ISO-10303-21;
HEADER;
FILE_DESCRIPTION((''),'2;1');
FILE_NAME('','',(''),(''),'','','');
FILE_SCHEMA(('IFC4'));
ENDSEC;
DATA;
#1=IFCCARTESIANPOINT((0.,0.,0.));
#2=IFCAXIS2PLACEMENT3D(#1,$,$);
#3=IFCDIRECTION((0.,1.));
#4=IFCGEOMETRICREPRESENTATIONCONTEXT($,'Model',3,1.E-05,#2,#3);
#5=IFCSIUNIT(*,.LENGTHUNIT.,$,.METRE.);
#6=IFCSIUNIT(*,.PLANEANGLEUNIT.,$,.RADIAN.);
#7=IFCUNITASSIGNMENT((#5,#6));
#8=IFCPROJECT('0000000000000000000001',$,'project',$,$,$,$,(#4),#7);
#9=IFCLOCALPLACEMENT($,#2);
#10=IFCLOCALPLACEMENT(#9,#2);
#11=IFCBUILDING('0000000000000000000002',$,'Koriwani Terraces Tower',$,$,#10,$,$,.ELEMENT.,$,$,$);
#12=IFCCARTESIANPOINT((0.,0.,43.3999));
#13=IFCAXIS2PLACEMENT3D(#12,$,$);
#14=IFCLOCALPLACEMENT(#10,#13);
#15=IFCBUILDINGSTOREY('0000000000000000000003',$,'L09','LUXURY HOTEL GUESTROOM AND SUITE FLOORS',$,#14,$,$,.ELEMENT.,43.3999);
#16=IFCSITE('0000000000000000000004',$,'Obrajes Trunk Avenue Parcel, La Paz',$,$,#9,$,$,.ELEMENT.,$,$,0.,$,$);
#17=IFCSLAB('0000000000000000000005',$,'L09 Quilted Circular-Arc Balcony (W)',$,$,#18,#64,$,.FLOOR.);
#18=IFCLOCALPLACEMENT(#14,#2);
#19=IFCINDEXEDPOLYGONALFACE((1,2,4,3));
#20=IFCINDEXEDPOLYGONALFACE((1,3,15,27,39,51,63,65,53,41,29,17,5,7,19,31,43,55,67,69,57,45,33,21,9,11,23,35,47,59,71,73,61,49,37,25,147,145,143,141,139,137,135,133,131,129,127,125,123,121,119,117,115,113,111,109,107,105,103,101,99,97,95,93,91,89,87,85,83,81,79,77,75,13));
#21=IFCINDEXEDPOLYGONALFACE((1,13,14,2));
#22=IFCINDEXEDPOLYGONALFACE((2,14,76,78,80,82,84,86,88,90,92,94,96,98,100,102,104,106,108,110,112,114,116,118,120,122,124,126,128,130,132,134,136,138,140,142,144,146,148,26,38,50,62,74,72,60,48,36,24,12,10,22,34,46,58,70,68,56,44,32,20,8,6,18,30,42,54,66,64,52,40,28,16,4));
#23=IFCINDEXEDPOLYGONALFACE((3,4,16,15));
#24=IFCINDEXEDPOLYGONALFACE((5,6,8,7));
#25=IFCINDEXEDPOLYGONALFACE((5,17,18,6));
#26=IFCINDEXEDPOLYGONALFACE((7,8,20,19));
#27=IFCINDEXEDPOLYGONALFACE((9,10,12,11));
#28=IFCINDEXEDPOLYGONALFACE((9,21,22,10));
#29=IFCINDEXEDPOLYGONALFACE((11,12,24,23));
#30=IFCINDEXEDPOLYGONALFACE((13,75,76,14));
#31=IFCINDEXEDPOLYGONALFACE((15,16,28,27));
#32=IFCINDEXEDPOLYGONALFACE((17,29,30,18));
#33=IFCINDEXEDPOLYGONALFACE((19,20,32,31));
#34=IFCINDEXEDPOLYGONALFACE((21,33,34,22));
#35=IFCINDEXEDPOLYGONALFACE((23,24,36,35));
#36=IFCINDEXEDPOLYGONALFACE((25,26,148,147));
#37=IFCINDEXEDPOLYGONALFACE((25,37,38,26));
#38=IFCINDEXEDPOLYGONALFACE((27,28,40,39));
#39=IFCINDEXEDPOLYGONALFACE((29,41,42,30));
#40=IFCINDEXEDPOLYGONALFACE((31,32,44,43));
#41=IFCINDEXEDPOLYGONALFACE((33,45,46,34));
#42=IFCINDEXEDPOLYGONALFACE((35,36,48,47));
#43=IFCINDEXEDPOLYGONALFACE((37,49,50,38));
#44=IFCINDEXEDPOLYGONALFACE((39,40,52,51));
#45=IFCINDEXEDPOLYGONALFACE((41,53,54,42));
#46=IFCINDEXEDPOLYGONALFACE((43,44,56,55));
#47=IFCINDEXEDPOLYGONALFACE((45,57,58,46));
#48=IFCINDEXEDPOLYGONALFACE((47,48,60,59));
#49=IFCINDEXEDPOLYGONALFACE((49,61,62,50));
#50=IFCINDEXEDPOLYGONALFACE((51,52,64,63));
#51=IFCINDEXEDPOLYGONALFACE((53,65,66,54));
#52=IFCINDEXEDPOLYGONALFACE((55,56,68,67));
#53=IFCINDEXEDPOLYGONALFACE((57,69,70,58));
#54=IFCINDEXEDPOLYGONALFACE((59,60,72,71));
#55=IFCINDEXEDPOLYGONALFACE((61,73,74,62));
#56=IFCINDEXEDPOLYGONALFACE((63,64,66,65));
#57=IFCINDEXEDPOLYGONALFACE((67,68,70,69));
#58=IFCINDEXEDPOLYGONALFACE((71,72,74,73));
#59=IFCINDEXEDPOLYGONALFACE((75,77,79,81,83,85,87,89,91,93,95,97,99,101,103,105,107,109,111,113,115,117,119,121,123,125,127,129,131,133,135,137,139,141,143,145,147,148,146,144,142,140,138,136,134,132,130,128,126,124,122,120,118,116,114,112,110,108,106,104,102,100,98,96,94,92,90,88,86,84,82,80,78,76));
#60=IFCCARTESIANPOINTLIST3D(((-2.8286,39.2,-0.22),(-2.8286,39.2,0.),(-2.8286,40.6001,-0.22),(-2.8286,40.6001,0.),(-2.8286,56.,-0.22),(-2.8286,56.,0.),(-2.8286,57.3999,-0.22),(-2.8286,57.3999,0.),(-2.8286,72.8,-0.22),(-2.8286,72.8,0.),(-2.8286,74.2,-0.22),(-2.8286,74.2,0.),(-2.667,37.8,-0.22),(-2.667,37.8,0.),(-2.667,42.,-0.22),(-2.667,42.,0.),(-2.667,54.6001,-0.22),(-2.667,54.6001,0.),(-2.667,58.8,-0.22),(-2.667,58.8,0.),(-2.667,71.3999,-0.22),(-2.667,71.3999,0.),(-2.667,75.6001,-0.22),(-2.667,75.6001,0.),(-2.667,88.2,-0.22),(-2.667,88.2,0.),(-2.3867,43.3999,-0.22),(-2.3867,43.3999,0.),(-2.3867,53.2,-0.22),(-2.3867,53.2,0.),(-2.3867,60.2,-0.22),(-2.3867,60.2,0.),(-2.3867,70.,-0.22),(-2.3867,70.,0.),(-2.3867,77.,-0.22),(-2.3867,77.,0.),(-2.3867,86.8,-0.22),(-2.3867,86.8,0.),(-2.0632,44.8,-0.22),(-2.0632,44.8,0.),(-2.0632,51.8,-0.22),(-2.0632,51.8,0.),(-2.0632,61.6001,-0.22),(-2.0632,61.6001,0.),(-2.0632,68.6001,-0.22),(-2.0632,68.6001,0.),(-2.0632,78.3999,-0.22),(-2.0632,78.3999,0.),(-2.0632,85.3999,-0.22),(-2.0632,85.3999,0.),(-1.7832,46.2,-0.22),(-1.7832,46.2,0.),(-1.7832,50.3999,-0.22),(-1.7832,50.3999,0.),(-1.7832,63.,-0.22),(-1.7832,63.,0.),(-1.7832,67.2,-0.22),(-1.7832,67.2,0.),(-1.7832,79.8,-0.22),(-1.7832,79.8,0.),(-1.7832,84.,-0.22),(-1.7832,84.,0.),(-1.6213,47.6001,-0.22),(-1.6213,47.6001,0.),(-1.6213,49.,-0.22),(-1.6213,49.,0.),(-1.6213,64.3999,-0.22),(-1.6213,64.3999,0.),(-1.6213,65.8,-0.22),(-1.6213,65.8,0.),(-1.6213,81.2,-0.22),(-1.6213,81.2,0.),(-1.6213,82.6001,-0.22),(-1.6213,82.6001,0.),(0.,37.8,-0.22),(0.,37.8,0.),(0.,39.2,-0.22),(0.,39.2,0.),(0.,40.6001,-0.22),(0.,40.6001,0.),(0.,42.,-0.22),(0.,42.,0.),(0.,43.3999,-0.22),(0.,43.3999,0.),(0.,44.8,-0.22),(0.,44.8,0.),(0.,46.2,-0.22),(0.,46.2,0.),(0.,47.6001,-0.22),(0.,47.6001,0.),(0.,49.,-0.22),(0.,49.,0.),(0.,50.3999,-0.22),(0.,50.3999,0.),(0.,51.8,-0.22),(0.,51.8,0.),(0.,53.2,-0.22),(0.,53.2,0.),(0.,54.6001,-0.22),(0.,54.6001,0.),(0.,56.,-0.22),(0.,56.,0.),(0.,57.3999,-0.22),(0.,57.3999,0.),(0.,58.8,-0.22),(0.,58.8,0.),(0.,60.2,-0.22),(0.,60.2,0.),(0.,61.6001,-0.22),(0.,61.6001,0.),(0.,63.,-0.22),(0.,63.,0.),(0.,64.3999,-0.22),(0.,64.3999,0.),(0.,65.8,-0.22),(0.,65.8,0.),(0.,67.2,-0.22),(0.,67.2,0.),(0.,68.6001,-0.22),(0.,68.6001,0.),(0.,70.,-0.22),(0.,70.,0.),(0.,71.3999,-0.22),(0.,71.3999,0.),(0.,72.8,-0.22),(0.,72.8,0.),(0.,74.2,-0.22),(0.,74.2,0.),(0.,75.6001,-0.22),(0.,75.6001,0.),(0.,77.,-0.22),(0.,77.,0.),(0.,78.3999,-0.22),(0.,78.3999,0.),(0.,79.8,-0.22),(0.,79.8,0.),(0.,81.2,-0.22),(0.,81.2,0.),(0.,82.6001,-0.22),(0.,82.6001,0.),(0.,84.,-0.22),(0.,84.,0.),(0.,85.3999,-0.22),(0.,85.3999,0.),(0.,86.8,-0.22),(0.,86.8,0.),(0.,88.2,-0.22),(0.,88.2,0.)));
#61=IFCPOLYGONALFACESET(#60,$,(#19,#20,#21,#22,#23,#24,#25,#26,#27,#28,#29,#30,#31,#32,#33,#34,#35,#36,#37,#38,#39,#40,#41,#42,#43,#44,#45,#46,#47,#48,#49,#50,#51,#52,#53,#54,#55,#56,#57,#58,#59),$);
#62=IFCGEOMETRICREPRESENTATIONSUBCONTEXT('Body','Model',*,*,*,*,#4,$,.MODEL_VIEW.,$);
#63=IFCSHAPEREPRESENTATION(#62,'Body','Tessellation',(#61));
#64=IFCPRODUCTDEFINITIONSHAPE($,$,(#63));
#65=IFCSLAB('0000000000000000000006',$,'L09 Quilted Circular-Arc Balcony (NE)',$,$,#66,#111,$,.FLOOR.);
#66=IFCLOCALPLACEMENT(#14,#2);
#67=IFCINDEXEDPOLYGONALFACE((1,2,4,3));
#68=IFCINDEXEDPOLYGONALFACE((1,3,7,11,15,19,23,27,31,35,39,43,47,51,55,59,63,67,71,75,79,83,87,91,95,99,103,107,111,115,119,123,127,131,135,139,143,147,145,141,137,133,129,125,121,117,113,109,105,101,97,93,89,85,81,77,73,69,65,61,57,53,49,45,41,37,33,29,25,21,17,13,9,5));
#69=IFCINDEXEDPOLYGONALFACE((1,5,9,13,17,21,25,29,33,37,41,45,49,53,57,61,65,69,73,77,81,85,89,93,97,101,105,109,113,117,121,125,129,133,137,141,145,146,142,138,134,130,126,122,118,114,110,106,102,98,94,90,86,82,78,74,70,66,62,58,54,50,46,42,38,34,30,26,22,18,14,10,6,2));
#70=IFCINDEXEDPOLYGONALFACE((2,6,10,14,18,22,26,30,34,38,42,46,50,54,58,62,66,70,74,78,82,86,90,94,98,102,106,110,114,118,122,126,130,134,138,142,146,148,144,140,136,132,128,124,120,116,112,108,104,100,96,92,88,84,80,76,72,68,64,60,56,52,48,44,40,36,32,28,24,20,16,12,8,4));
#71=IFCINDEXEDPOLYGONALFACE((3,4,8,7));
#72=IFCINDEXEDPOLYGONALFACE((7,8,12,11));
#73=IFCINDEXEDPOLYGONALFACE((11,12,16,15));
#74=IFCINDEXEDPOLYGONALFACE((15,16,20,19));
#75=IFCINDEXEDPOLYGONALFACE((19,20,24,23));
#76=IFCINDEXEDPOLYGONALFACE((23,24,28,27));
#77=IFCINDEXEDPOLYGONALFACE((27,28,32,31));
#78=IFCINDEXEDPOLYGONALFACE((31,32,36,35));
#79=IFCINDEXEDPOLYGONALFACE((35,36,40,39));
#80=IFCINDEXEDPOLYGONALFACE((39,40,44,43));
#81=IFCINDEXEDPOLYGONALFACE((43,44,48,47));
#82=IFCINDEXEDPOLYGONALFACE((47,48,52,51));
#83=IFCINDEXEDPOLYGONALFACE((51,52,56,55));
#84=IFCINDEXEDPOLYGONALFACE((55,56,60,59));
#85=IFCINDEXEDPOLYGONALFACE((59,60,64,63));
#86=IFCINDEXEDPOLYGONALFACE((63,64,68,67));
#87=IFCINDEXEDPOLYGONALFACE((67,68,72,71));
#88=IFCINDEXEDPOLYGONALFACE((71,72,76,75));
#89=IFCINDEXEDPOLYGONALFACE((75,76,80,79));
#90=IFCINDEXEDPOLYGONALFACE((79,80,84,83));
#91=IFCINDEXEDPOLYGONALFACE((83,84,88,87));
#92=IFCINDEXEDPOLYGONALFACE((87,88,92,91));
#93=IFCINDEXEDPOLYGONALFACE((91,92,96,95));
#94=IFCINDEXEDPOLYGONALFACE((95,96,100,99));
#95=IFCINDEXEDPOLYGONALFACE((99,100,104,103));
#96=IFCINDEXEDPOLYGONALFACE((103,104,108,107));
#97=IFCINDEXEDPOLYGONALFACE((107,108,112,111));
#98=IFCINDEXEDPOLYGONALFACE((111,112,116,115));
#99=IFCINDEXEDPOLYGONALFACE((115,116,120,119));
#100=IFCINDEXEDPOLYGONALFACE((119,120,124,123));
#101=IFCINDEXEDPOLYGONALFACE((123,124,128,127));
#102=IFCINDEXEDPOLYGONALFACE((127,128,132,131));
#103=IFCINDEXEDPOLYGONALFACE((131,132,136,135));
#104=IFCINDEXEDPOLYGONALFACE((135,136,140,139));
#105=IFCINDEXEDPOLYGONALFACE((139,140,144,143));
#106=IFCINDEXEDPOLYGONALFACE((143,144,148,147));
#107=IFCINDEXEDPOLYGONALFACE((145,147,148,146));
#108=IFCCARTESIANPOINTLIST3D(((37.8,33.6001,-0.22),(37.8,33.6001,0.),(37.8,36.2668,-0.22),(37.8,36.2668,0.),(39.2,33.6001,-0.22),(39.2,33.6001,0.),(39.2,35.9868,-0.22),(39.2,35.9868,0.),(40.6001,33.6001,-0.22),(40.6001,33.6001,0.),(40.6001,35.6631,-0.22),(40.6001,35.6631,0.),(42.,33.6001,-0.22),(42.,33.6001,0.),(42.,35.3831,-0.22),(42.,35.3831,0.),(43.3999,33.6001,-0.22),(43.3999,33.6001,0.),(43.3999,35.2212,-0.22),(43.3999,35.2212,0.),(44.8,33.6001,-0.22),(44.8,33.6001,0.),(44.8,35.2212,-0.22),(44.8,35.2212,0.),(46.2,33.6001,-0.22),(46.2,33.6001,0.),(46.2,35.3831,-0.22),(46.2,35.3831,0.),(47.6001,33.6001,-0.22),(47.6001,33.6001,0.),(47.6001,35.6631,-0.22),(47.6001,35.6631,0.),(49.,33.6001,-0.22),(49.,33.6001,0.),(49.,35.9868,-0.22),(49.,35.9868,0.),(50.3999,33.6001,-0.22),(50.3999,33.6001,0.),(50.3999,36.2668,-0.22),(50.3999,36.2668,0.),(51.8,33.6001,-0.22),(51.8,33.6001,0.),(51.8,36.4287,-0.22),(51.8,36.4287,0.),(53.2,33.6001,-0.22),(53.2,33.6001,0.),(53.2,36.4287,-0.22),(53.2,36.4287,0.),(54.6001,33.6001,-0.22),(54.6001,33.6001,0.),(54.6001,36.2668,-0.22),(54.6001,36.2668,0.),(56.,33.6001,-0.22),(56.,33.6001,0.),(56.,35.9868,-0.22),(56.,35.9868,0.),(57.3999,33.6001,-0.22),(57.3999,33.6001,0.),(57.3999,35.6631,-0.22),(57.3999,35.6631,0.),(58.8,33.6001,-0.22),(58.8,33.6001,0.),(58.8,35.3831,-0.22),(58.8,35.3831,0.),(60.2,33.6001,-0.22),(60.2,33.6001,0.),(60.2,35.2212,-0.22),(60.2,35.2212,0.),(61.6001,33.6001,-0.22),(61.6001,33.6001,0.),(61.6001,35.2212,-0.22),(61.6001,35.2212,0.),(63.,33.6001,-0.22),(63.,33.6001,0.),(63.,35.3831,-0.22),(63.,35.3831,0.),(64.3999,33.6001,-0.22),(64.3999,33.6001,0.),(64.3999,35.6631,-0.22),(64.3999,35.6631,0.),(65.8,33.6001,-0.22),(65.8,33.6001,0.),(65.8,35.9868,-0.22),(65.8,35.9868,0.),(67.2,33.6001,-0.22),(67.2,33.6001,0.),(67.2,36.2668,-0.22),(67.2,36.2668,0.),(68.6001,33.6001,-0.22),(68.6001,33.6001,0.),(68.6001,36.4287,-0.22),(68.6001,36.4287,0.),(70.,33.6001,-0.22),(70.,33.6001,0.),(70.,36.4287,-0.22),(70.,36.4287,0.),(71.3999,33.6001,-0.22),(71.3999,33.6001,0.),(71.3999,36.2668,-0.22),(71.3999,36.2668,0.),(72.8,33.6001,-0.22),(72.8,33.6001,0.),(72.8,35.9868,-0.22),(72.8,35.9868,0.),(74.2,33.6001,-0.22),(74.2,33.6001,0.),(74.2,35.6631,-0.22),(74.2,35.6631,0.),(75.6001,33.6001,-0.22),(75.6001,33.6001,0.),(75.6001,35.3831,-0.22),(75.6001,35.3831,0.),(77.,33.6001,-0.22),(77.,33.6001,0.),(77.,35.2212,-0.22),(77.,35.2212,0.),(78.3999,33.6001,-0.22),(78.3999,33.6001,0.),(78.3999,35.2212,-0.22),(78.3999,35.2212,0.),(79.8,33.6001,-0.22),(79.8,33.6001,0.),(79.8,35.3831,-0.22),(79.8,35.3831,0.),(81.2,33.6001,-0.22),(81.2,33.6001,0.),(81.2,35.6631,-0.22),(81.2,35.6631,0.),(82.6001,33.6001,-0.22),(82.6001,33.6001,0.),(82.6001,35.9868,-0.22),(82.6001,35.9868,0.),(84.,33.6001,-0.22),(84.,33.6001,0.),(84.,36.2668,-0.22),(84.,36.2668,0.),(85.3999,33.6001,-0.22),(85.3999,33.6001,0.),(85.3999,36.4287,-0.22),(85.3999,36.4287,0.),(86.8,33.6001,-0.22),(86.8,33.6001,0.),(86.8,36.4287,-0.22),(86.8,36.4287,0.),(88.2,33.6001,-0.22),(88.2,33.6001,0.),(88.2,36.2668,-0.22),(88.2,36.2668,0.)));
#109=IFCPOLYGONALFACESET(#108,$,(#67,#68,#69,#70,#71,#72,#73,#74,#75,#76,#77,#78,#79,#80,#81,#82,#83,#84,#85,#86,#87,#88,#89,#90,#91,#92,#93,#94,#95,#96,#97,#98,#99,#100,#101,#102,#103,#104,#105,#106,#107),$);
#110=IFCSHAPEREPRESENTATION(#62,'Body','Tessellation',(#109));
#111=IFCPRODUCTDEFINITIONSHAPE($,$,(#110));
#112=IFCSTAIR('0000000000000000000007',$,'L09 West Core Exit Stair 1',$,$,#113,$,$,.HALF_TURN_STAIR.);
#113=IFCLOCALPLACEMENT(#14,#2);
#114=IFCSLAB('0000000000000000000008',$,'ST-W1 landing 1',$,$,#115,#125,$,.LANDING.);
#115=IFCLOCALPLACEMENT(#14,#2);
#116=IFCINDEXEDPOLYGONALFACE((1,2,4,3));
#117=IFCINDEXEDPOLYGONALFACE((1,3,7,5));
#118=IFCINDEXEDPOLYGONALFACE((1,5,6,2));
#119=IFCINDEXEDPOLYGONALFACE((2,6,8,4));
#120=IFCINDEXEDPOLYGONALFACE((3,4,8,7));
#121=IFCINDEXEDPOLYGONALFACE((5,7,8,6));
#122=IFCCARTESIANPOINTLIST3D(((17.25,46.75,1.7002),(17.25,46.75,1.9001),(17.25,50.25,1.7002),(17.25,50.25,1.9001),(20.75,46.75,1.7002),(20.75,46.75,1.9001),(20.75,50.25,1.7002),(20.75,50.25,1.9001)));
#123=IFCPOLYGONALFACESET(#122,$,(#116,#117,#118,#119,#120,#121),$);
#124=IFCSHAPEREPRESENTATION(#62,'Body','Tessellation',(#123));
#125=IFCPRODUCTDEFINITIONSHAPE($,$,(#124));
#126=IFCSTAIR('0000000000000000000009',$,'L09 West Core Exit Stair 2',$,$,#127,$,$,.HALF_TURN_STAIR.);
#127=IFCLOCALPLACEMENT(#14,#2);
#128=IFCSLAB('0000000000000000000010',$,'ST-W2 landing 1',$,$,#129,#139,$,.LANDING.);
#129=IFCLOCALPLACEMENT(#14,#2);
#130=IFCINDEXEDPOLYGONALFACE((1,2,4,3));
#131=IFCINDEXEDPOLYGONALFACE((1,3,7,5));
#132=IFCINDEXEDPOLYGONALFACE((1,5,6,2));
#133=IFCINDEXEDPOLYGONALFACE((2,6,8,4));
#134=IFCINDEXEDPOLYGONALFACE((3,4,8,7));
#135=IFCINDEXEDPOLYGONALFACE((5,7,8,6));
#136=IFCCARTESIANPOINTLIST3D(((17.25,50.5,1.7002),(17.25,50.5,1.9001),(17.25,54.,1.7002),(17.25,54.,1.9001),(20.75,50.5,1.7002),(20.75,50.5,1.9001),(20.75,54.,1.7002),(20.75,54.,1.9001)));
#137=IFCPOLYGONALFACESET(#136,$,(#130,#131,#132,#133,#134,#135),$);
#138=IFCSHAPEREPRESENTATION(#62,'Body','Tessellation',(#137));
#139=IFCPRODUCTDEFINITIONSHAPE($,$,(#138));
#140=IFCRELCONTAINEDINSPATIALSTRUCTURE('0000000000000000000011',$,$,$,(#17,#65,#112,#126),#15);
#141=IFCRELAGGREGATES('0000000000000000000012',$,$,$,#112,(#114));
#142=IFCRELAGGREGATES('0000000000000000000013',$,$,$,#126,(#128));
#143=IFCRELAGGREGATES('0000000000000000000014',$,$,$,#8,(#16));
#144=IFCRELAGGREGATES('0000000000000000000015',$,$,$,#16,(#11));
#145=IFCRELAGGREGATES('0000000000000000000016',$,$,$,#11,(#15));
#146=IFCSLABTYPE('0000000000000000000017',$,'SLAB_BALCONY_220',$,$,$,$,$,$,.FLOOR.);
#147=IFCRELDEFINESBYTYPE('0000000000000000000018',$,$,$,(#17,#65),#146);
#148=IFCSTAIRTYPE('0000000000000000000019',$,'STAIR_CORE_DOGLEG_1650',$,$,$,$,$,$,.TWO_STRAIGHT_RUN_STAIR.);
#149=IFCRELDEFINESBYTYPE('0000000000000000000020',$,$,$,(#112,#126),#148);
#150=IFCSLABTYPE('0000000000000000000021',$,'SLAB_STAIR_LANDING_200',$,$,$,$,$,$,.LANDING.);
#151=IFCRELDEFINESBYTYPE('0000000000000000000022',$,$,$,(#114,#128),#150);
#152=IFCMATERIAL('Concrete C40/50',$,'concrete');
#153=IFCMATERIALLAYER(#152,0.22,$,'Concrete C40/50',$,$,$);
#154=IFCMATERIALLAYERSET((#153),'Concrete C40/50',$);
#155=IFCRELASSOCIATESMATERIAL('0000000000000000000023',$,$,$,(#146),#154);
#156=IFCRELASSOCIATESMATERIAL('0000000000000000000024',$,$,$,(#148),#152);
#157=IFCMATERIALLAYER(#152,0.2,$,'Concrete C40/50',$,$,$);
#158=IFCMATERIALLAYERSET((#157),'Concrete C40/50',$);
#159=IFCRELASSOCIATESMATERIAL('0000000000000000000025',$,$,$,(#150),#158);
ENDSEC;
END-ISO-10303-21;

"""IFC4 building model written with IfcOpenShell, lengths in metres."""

from ifc_helpers import new_model, si_unit, direction, frame, origin, place, context, subcontext, project, spatial, polyline, outline, extrude, material, layer, layer_set, type_object, element, aggregate, save


model = new_model("IFC4")

# Units and contexts
model_context = context("Model", 3, precision=1e-05, world=origin(), true_north=direction((0.0, 1.0)))
body_context = subcontext(model_context, "Body", "Model", "MODEL_VIEW")
ifc_project = project(units=[si_unit("LENGTHUNIT", "METRE"), si_unit("PLANEANGLEUNIT", "RADIAN")], contexts=[model_context])

# Site, building, storey
site_placement = place(None, origin())
site = spatial("IfcSite", under=ifc_project, at=site_placement, Name="Obrajes Trunk Avenue Parcel, La Paz", CompositionType="ELEMENT", RefElevation=0.0)
building_placement = place(site_placement, origin())
building = spatial("IfcBuilding", under=site, at=building_placement, Name="Koriwani Terraces Tower", CompositionType="ELEMENT")
storey_placement = place(building_placement, frame((0.0, 0.0, 43.3999)))
storey = spatial("IfcBuildingStorey", under=building, at=storey_placement, Name="L09", Description="LUXURY HOTEL GUESTROOM AND SUITE FLOORS", CompositionType="ELEMENT", Elevation=43.3999)

# Shared definitions
ifc_material_1 = material(Name="Concrete C40/50", Category="concrete")

# Slabs
ifc_layer_1 = layer(ifc_material_1, 0.22, Name="Concrete C40/50")
ifc_layer_set_1 = layer_set([ifc_layer_1], Name="Concrete C40/50")
slab_type_1 = type_object("IfcSlabType", Name="SLAB_BALCONY_220", PredefinedType="FLOOR", material=ifc_layer_set_1)
slab_1_placement = place(storey_placement, frame((0.0, 0.0, -0.22)))
element("IfcSlab", 1, at=slab_1_placement, inside=storey, type_object=slab_type_1, Name="L09 Quilted Circular-Arc Balcony (W)", PredefinedType="FLOOR", context=body_context, shape_type="SweptSolid", body=[
    extrude(outline(polyline([(0.0, 37.8), (0.0, 39.2), (0.0, 40.6001), (0.0, 42.0), (0.0, 43.3999), (0.0, 44.8), (0.0, 46.2), (0.0, 47.6001), (0.0, 49.0), (0.0, 50.3999), (0.0, 51.8), (0.0, 53.2), (0.0, 54.6001), (0.0, 56.0), (0.0, 57.3999), (0.0, 58.8), (0.0, 60.2), (0.0, 61.6001), (0.0, 63.0), (0.0, 64.3999), (0.0, 65.8), (0.0, 67.2), (0.0, 68.6001), (0.0, 70.0), (0.0, 71.3999), (0.0, 72.8), (0.0, 74.2), (0.0, 75.6001), (0.0, 77.0), (0.0, 78.3999), (0.0, 79.8), (0.0, 81.2), (0.0, 82.6001), (0.0, 84.0), (0.0, 85.3999), (0.0, 86.8), (0.0, 88.2), (-2.667, 88.2), (-2.3867, 86.8), (-2.0632, 85.3999), (-1.7832, 84.0), (-1.6213, 82.6001), (-1.6213, 81.2), (-1.7832, 79.8), (-2.0632, 78.3999), (-2.3867, 77.0), (-2.667, 75.6001), (-2.8286, 74.2), (-2.8286, 72.8), (-2.667, 71.3999), (-2.3867, 70.0), (-2.0632, 68.6001), (-1.7832, 67.2), (-1.6213, 65.8), (-1.6213, 64.3999), (-1.7832, 63.0), (-2.0632, 61.6001), (-2.3867, 60.2), (-2.667, 58.8), (-2.8286, 57.3999), (-2.8286, 56.0), (-2.667, 54.6001), (-2.3867, 53.2), (-2.0632, 51.8), (-1.7832, 50.3999), (-1.6213, 49.0), (-1.6213, 47.6001), (-1.7832, 46.2), (-2.0632, 44.8), (-2.3867, 43.3999), (-2.667, 42.0), (-2.8286, 40.6001), (-2.8286, 39.2), (-2.667, 37.8), (0.0, 37.8)])), origin(), (0.0, 0.0, 1.0), 0.22),
])
slab_2_placement = place(storey_placement, frame((0.0, 0.0, -0.22)))
element("IfcSlab", 2, at=slab_2_placement, inside=storey, type_object=slab_type_1, Name="L09 Quilted Circular-Arc Balcony (NE)", PredefinedType="FLOOR", context=body_context, shape_type="SweptSolid", body=[
    extrude(outline(polyline([(88.2, 33.6001), (86.8, 33.6001), (85.3999, 33.6001), (84.0, 33.6001), (82.6001, 33.6001), (81.2, 33.6001), (79.8, 33.6001), (78.3999, 33.6001), (77.0, 33.6001), (75.6001, 33.6001), (74.2, 33.6001), (72.8, 33.6001), (71.3999, 33.6001), (70.0, 33.6001), (68.6001, 33.6001), (67.2, 33.6001), (65.8, 33.6001), (64.3999, 33.6001), (63.0, 33.6001), (61.6001, 33.6001), (60.2, 33.6001), (58.8, 33.6001), (57.3999, 33.6001), (56.0, 33.6001), (54.6001, 33.6001), (53.2, 33.6001), (51.8, 33.6001), (50.3999, 33.6001), (49.0, 33.6001), (47.6001, 33.6001), (46.2, 33.6001), (44.8, 33.6001), (43.3999, 33.6001), (42.0, 33.6001), (40.6001, 33.6001), (39.2, 33.6001), (37.8, 33.6001), (37.8, 36.2668), (39.2, 35.9868), (40.6001, 35.6631), (42.0, 35.3831), (43.3999, 35.2212), (44.8, 35.2212), (46.2, 35.3831), (47.6001, 35.6631), (49.0, 35.9868), (50.3999, 36.2668), (51.8, 36.4287), (53.2, 36.4287), (54.6001, 36.2668), (56.0, 35.9868), (57.3999, 35.6631), (58.8, 35.3831), (60.2, 35.2212), (61.6001, 35.2212), (63.0, 35.3831), (64.3999, 35.6631), (65.8, 35.9868), (67.2, 36.2668), (68.6001, 36.4287), (70.0, 36.4287), (71.3999, 36.2668), (72.8, 35.9868), (74.2, 35.6631), (75.6001, 35.3831), (77.0, 35.2212), (78.3999, 35.2212), (79.8, 35.3831), (81.2, 35.6631), (82.6001, 35.9868), (84.0, 36.2668), (85.3999, 36.4287), (86.8, 36.4287), (88.2, 36.2668), (88.2, 33.6001)])), origin(), (0.0, 0.0, 1.0), 0.22),
])

# Stairs, slabs
stair_type = type_object("IfcStairType", Name="STAIR_CORE_DOGLEG_1650", PredefinedType="TWO_STRAIGHT_RUN_STAIR", material=ifc_material_1)
stair_1_placement = place(storey_placement, origin())
stair_1 = element("IfcStair", 3, at=stair_1_placement, inside=storey, type_object=stair_type, Name="L09 West Core Exit Stair 1", PredefinedType="HALF_TURN_STAIR")
ifc_layer_2 = layer(ifc_material_1, 0.2, Name="Concrete C40/50")
ifc_layer_set_2 = layer_set([ifc_layer_2], Name="Concrete C40/50")
slab_type_2 = type_object("IfcSlabType", Name="SLAB_STAIR_LANDING_200", PredefinedType="LANDING", material=ifc_layer_set_2)
slab_3_placement = place(storey_placement, frame((0.0, 0.0, 1.7002)))
slab_3 = element("IfcSlab", 4, at=slab_3_placement, type_object=slab_type_2, Name="ST-W1 landing 1", PredefinedType="LANDING", context=body_context, shape_type="SweptSolid", body=[
    extrude(outline(polyline([(20.75, 46.75), (20.75, 50.25), (17.25, 50.25), (17.25, 46.75), (20.75, 46.75)])), origin(), (0.0, 0.0, 1.0), 0.2),
])
aggregate(stair_1, [slab_3])
stair_2_placement = place(storey_placement, origin())
stair_2 = element("IfcStair", 5, at=stair_2_placement, inside=storey, type_object=stair_type, Name="L09 West Core Exit Stair 2", PredefinedType="HALF_TURN_STAIR")
slab_4_placement = place(storey_placement, frame((0.0, 0.0, 1.7002)))
slab_4 = element("IfcSlab", 6, at=slab_4_placement, type_object=slab_type_2, Name="ST-W2 landing 1", PredefinedType="LANDING", context=body_context, shape_type="SweptSolid", body=[
    extrude(outline(polyline([(17.25, 54.0), (17.25, 50.5), (20.75, 50.5), (20.75, 54.0), (17.25, 54.0)])), origin(), (0.0, 0.0, 1.0), 0.2),
])
aggregate(stair_2, [slab_4])

save(model, "model.ifc")
